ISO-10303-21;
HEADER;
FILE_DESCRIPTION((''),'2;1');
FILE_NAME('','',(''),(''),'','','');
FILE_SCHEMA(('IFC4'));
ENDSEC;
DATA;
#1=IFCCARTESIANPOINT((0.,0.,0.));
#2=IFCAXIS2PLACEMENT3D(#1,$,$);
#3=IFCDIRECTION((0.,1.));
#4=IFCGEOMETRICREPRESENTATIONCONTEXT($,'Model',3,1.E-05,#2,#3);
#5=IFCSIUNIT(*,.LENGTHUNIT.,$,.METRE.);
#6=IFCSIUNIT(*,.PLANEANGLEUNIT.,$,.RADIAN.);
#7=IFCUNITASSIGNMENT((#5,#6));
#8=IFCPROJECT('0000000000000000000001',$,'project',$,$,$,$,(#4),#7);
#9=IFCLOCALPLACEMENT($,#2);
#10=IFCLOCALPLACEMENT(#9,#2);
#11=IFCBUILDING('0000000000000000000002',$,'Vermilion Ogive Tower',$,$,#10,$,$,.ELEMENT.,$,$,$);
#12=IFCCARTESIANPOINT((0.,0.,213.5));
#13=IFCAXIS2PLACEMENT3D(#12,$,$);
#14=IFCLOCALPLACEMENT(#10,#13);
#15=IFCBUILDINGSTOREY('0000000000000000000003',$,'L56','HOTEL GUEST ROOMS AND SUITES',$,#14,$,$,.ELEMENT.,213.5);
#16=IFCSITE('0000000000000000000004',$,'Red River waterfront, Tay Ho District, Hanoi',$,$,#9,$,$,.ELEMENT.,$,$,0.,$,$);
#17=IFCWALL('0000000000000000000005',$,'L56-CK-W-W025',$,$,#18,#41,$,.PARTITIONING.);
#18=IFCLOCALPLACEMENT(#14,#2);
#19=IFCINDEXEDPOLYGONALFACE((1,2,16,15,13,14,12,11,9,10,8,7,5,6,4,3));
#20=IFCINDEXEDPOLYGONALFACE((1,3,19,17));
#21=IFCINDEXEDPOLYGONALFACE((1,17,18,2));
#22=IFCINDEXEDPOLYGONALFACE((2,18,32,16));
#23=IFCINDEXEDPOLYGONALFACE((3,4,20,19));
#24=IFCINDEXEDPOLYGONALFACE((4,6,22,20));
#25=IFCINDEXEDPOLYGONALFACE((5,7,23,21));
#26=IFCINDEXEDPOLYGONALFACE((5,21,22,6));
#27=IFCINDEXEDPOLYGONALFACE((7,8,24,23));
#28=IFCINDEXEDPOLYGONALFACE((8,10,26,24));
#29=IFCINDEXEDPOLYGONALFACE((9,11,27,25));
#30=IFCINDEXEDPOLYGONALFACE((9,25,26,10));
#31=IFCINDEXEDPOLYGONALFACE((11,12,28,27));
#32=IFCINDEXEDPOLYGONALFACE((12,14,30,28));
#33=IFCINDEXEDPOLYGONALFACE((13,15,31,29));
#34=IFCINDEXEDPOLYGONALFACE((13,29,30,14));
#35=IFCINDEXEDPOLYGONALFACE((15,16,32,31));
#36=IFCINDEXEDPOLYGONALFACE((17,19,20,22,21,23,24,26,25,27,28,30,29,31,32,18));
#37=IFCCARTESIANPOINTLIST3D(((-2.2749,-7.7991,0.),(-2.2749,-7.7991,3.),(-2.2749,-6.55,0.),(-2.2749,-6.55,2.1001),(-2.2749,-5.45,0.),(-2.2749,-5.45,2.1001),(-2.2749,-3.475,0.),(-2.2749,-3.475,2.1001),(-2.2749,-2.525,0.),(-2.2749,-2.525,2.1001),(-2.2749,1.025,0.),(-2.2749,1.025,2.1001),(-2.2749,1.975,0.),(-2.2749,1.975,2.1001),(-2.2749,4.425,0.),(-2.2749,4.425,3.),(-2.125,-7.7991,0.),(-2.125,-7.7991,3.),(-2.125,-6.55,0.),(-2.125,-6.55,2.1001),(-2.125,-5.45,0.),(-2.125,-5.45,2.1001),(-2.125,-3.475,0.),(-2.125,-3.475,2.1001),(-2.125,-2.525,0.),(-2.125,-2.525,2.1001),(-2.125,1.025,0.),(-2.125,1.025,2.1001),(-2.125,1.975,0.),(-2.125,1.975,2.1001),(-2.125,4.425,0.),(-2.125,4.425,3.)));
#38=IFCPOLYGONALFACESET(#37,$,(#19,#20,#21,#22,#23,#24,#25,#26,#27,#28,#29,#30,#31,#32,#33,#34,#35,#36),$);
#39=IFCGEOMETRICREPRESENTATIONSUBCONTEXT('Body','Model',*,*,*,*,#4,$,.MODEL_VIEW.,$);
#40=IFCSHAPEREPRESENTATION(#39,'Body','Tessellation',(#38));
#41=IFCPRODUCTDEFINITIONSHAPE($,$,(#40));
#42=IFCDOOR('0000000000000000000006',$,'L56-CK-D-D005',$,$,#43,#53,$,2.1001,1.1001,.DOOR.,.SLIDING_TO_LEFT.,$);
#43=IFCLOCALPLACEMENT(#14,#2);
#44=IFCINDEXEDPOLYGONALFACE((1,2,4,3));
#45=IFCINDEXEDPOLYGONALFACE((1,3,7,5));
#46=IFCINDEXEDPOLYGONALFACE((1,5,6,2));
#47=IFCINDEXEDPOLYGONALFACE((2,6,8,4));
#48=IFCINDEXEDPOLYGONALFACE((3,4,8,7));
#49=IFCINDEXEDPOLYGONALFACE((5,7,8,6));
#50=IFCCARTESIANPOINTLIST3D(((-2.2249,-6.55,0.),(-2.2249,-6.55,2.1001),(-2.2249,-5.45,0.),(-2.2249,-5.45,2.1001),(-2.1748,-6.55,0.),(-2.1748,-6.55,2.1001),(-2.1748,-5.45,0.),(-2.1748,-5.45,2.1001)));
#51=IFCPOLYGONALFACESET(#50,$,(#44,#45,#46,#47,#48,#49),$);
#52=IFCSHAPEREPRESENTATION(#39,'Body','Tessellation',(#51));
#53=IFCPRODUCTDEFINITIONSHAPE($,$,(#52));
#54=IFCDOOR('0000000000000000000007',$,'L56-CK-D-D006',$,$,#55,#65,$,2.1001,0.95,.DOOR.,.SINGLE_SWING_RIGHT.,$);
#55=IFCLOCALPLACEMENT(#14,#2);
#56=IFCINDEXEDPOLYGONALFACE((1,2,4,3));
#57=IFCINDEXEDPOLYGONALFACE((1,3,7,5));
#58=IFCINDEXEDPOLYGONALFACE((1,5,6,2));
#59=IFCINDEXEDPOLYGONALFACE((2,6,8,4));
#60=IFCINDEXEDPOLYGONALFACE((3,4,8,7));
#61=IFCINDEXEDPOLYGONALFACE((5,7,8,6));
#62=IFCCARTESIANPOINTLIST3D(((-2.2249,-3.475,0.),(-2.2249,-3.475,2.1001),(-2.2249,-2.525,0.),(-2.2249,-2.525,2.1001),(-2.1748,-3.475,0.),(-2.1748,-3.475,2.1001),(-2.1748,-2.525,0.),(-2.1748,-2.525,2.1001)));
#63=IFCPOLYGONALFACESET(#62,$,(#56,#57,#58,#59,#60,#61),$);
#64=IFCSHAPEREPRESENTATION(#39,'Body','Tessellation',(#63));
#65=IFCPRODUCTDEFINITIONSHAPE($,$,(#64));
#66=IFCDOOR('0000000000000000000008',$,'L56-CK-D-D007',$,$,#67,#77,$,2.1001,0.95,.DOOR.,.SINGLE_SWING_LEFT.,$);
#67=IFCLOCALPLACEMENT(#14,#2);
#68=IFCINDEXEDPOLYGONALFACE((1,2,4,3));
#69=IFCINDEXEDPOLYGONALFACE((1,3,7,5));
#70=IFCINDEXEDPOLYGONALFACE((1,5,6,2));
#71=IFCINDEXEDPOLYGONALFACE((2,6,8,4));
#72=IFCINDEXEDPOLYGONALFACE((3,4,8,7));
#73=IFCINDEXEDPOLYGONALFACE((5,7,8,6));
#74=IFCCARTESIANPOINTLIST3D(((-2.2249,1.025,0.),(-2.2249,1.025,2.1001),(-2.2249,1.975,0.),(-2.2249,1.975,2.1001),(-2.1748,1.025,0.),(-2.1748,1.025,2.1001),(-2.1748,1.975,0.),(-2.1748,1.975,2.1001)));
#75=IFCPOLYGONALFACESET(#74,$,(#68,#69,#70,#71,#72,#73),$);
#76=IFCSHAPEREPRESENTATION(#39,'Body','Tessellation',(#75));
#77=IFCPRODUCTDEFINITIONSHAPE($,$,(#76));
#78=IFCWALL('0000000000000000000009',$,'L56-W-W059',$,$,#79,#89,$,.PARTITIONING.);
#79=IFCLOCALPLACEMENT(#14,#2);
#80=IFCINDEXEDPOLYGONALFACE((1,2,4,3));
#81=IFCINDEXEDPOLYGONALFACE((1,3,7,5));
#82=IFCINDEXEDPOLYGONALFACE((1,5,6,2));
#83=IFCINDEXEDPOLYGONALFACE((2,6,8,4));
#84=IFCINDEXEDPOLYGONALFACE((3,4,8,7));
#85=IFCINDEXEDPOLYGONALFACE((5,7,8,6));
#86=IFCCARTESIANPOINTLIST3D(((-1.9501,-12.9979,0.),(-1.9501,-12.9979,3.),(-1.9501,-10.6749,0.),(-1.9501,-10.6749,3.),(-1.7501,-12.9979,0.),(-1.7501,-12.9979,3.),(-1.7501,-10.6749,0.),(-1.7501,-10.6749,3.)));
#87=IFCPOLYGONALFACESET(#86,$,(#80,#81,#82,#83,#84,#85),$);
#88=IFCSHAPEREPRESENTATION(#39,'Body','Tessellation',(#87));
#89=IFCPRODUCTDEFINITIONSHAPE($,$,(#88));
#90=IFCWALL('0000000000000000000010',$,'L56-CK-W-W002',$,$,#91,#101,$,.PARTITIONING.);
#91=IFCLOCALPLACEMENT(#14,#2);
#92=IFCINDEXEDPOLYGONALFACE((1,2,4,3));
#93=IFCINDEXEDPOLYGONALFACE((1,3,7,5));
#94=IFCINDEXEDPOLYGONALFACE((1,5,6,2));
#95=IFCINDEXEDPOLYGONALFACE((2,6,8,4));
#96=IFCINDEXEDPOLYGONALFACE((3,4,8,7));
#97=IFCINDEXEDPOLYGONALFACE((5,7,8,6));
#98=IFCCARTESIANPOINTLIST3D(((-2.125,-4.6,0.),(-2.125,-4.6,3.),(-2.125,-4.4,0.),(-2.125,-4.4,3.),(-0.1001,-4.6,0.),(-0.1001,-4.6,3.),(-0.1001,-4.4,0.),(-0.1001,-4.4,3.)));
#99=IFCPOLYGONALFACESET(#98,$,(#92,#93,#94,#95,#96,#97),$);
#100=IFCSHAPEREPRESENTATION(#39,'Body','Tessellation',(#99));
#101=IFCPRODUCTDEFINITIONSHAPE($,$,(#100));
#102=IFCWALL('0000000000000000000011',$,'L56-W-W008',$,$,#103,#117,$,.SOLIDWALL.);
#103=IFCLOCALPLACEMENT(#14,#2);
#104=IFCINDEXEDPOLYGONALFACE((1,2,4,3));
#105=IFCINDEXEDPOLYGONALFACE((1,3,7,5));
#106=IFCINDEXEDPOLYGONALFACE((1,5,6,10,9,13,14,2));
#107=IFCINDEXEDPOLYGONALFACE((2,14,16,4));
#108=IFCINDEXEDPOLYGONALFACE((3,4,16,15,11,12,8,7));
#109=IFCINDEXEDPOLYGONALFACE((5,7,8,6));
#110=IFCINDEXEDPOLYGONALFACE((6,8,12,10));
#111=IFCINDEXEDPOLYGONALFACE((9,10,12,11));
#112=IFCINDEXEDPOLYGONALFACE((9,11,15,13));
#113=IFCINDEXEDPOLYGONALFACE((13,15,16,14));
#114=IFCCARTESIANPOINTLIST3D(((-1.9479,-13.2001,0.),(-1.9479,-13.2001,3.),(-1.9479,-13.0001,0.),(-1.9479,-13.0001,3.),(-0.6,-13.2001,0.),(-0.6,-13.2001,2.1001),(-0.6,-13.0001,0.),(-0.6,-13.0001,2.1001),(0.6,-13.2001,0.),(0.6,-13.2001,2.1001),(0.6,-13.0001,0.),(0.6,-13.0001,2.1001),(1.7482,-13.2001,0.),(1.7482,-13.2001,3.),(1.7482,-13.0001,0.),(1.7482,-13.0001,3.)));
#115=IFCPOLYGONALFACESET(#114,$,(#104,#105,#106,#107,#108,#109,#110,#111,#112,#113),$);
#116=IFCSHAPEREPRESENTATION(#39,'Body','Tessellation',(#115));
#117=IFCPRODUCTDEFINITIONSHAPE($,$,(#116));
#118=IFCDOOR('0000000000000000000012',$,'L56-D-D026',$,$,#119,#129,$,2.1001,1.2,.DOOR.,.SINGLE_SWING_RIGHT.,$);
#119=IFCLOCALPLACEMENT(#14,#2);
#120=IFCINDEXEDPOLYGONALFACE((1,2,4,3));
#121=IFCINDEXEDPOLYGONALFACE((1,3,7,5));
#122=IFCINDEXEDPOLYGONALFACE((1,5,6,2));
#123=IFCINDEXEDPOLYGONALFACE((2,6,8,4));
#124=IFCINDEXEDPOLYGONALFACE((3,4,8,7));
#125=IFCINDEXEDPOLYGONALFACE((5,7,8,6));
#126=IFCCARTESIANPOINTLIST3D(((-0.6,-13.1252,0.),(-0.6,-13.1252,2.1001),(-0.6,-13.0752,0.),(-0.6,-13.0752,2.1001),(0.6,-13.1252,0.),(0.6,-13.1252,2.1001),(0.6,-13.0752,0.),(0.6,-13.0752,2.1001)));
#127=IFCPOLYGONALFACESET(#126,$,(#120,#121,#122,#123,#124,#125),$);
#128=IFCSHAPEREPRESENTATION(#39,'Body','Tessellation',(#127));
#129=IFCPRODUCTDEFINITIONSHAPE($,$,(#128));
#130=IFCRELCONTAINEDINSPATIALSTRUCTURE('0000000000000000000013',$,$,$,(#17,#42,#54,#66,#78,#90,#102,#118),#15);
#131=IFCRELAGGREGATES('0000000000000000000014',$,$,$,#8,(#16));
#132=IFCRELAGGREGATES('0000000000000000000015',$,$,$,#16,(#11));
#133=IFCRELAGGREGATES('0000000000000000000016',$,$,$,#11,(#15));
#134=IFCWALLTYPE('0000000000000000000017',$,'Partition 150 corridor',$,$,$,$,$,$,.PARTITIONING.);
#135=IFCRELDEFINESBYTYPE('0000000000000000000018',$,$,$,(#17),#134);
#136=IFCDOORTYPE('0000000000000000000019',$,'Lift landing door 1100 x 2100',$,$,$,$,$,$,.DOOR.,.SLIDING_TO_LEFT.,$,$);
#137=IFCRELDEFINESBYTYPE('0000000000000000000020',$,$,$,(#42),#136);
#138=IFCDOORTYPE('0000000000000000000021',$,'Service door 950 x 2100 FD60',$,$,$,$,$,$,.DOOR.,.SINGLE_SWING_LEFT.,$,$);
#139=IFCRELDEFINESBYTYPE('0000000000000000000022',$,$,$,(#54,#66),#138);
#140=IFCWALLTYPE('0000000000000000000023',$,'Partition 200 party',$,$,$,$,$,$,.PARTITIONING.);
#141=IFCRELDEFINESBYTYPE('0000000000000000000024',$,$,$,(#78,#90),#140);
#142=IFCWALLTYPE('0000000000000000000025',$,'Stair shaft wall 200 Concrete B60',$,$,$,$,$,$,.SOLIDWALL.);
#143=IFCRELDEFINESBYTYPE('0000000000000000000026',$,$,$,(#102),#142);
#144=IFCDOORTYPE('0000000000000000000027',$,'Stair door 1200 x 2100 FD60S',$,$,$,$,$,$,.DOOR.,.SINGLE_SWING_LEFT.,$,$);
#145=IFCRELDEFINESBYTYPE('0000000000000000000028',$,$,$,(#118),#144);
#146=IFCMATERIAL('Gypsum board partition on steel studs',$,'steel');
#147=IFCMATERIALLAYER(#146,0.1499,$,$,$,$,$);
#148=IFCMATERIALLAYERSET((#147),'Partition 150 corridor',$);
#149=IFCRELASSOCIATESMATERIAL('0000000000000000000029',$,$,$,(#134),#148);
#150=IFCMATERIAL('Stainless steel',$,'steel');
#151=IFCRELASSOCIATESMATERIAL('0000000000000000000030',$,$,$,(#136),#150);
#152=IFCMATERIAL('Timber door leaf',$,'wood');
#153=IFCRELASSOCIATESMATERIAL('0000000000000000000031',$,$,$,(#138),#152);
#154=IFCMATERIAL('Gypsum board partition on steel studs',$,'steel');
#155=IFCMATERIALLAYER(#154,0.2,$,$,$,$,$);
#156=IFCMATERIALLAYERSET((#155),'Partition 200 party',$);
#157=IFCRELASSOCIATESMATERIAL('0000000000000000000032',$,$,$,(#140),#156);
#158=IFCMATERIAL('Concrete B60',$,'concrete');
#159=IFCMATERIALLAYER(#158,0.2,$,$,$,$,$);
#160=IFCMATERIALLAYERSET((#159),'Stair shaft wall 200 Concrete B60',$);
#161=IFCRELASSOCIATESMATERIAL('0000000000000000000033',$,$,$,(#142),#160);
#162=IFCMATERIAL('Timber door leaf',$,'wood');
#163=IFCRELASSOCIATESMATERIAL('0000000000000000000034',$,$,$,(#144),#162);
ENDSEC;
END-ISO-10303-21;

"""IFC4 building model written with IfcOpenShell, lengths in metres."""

from ifc_helpers import new_model, si_unit, direction, frame, frame_2d, origin, place, context, subcontext, project, spatial, rectangle, extrude, material, layer, layer_set, type_object, element, fill, save


model = new_model("IFC4")

# Units and contexts
model_context = context("Model", 3, precision=1e-05, world=origin(), true_north=direction((0.0, 1.0)))
body_context = subcontext(model_context, "Body", "Model", "MODEL_VIEW")
ifc_project = project(units=[si_unit("LENGTHUNIT", "METRE"), si_unit("PLANEANGLEUNIT", "RADIAN")], contexts=[model_context])

# Site, building, storey
site_placement = place(None, origin())
site = spatial("IfcSite", under=ifc_project, at=site_placement, Name="Red River waterfront, Tay Ho District, Hanoi", CompositionType="ELEMENT", RefElevation=0.0)
building_placement = place(site_placement, origin())
building = spatial("IfcBuilding", under=site, at=building_placement, Name="Vermilion Ogive Tower", CompositionType="ELEMENT")
storey_placement = place(building_placement, frame((0.0, 0.0, 213.5)))
storey = spatial("IfcBuildingStorey", under=building, at=storey_placement, Name="L56", Description="HOTEL GUEST ROOMS AND SUITES", CompositionType="ELEMENT", Elevation=213.5)

# Wall, openings, doors
ifc_material_1 = material(Name="Gypsum board partition on steel studs", Category="steel")
ifc_layer_1 = layer(ifc_material_1, 0.1499)
ifc_layer_set_1 = layer_set([ifc_layer_1], Name="Partition 150 corridor")
wall_type_1 = type_object("IfcWallType", Name="Partition 150 corridor", PredefinedType="PARTITIONING", material=ifc_layer_set_1)
ifc_material_2 = material(Name="Stainless steel", Category="steel")
door_type_1 = type_object("IfcDoorType", Name="Lift landing door 1100 x 2100", OperationType="SLIDING_TO_LEFT", PredefinedType="DOOR", material=ifc_material_2)
wall_1_placement = place(storey_placement, frame((-2.2, -7.7991, 0.0), z_axis=(0.0, 0.0, 1.0), x_axis=(0.0, 1.0, 0.0)))
wall_1 = element("IfcWall", 1, at=wall_1_placement, inside=storey, type_object=wall_type_1, Name="L56-CK-W-W025", PredefinedType="PARTITIONING", context=body_context, shape_type="SweptSolid", body=[
    extrude(rectangle(XDim=12.2241, YDim=0.1499, at=frame_2d((6.1121, 0.0))), origin(), (0.0, 0.0, 1.0), 3.0),
])
opening_1_placement = place(wall_1_placement, frame((1.249, 0.0, 0.0)))
opening_1 = element("IfcOpeningElement", 2, at=opening_1_placement, cuts=wall_1, PredefinedType="OPENING", context=body_context, shape_type="SweptSolid", body=[
    extrude(rectangle(XDim=1.1001, YDim=2.1001, at=frame_2d((0.55, 1.05))), frame((0.0, 0.085, 0.0), z_axis=(0.0, -1.0, 0.0), x_axis=(1.0, 0.0, 0.0)), (0.0, 0.0, 1.0), 0.1699),
])
opening_2_placement = place(wall_1_placement, frame((4.324, 0.0, 0.0)))
opening_2 = element("IfcOpeningElement", 3, at=opening_2_placement, cuts=wall_1, PredefinedType="OPENING", context=body_context, shape_type="SweptSolid", body=[
    extrude(rectangle(XDim=0.95, YDim=2.1001, at=frame_2d((0.4751, 1.05))), frame((0.0, 0.085, 0.0), z_axis=(0.0, -1.0, 0.0), x_axis=(1.0, 0.0, 0.0)), (0.0, 0.0, 1.0), 0.1699),
])
opening_3_placement = place(wall_1_placement, frame((8.824, 0.0, 0.0)))
opening_3 = element("IfcOpeningElement", 4, at=opening_3_placement, cuts=wall_1, PredefinedType="OPENING", context=body_context, shape_type="SweptSolid", body=[
    extrude(rectangle(XDim=0.95, YDim=2.1001, at=frame_2d((0.4751, 1.05))), frame((0.0, 0.085, 0.0), z_axis=(0.0, -1.0, 0.0), x_axis=(1.0, 0.0, 0.0)), (0.0, 0.0, 1.0), 0.1699),
])
door_1_placement = place(opening_1_placement, origin())
door_1 = element("IfcDoor", 5, at=door_1_placement, inside=storey, type_object=door_type_1, Name="L56-CK-D-D005", OperationType="SLIDING_TO_LEFT", OverallHeight=2.1001, OverallWidth=1.1001, PredefinedType="DOOR", context=body_context, shape_type="SweptSolid", body=[
    extrude(rectangle(XDim=1.1001, YDim=2.1001, at=frame_2d((0.55, 1.05))), frame((0.0, 0.0249, 0.0), z_axis=(0.0, -1.0, 0.0), x_axis=(1.0, 0.0, 0.0)), (0.0, 0.0, 1.0), 0.05),
])
fill(opening_1, door_1)
ifc_material_3 = material(Name="Timber door leaf", Category="wood")
door_type_2 = type_object("IfcDoorType", Name="Service door 950 x 2100 FD60", OperationType="SINGLE_SWING_LEFT", PredefinedType="DOOR", material=ifc_material_3)
door_2_placement = place(opening_2_placement, origin())
door_2 = element("IfcDoor", 6, at=door_2_placement, inside=storey, type_object=door_type_2, Name="L56-CK-D-D006", OperationType="SINGLE_SWING_RIGHT", OverallHeight=2.1001, OverallWidth=0.95, PredefinedType="DOOR", context=body_context, shape_type="SweptSolid", body=[
    extrude(rectangle(XDim=0.95, YDim=2.1001, at=frame_2d((0.4751, 1.05))), frame((0.0, 0.0249, 0.0), z_axis=(0.0, -1.0, 0.0), x_axis=(1.0, 0.0, 0.0)), (0.0, 0.0, 1.0), 0.05),
])
fill(opening_2, door_2)
door_3_placement = place(opening_3_placement, origin())
door_3 = element("IfcDoor", 7, at=door_3_placement, inside=storey, type_object=door_type_2, Name="L56-CK-D-D007", OperationType="SINGLE_SWING_LEFT", OverallHeight=2.1001, OverallWidth=0.95, PredefinedType="DOOR", context=body_context, shape_type="SweptSolid", body=[
    extrude(rectangle(XDim=0.95, YDim=2.1001, at=frame_2d((0.4751, 1.05))), frame((0.0, 0.0249, 0.0), z_axis=(0.0, -1.0, 0.0), x_axis=(1.0, 0.0, 0.0)), (0.0, 0.0, 1.0), 0.05),
])
fill(opening_3, door_3)

# Walls
ifc_material_4 = material(Name="Gypsum board partition on steel studs", Category="steel")
ifc_layer_2 = layer(ifc_material_4, 0.2)
ifc_layer_set_2 = layer_set([ifc_layer_2], Name="Partition 200 party")
wall_type_2 = type_object("IfcWallType", Name="Partition 200 party", PredefinedType="PARTITIONING", material=ifc_layer_set_2)
wall_2_placement = place(storey_placement, frame((-1.8501, -12.998, 0.0), z_axis=(0.0, 0.0, 1.0), x_axis=(0.0, 1.0, 0.0)))
element("IfcWall", 8, at=wall_2_placement, inside=storey, type_object=wall_type_2, Name="L56-W-W059", PredefinedType="PARTITIONING", context=body_context, shape_type="SweptSolid", body=[
    extrude(rectangle(XDim=2.323, YDim=0.2, at=frame_2d((1.1616, 0.0))), origin(), (0.0, 0.0, 1.0), 3.0),
])
wall_3_placement = place(storey_placement, frame((-2.125, -4.5, 0.0), z_axis=(0.0, 0.0, 1.0), x_axis=(1.0, 0.0, 0.0)))
element("IfcWall", 9, at=wall_3_placement, inside=storey, type_object=wall_type_2, Name="L56-CK-W-W002", PredefinedType="PARTITIONING", context=body_context, shape_type="SweptSolid", body=[
    extrude(rectangle(XDim=2.0249, YDim=0.2, at=frame_2d((1.0125, 0.0))), origin(), (0.0, 0.0, 1.0), 3.0),
])

# Wall, opening, door
ifc_material_5 = material(Name="Concrete B60", Category="concrete")
ifc_layer_3 = layer(ifc_material_5, 0.2)
ifc_layer_set_3 = layer_set([ifc_layer_3], Name="Stair shaft wall 200 Concrete B60")
wall_type_3 = type_object("IfcWallType", Name="Stair shaft wall 200 Concrete B60", PredefinedType="SOLIDWALL", material=ifc_layer_set_3)
wall_4_placement = place(storey_placement, frame((-1.948, -13.1001, 0.0), z_axis=(0.0, 0.0, 1.0), x_axis=(1.0, 0.0, 0.0)))
wall_4 = element("IfcWall", 10, at=wall_4_placement, inside=storey, type_object=wall_type_3, Name="L56-W-W008", PredefinedType="SOLIDWALL", context=body_context, shape_type="SweptSolid", body=[
    extrude(rectangle(XDim=3.696, YDim=0.2, at=frame_2d((1.8481, 0.0))), origin(), (0.0, 0.0, 1.0), 3.0),
])
opening_4_placement = place(wall_4_placement, frame((1.3479, 0.0, 0.0)))
opening_4 = element("IfcOpeningElement", 11, at=opening_4_placement, cuts=wall_4, PredefinedType="OPENING", context=body_context, shape_type="SweptSolid", body=[
    extrude(rectangle(XDim=1.2, YDim=2.1001, at=frame_2d((0.6001, 1.05))), frame((0.0, 0.1099, 0.0), z_axis=(0.0, -1.0, 0.0), x_axis=(1.0, 0.0, 0.0)), (0.0, 0.0, 1.0), 0.22),
])
ifc_material_6 = material(Name="Timber door leaf", Category="wood")
door_type_3 = type_object("IfcDoorType", Name="Stair door 1200 x 2100 FD60S", OperationType="SINGLE_SWING_LEFT", PredefinedType="DOOR", material=ifc_material_6)
door_4_placement = place(opening_4_placement, origin())
door_4 = element("IfcDoor", 12, at=door_4_placement, inside=storey, type_object=door_type_3, Name="L56-D-D026", OperationType="SINGLE_SWING_RIGHT", OverallHeight=2.1001, OverallWidth=1.2, PredefinedType="DOOR", context=body_context, shape_type="SweptSolid", body=[
    extrude(rectangle(XDim=1.2, YDim=2.1001, at=frame_2d((0.6001, 1.05))), frame((0.0, 0.0249, 0.0), z_axis=(0.0, -1.0, 0.0), x_axis=(1.0, 0.0, 0.0)), (0.0, 0.0, 1.0), 0.05),
])
fill(opening_4, door_4)

save(model, "model.ifc")
